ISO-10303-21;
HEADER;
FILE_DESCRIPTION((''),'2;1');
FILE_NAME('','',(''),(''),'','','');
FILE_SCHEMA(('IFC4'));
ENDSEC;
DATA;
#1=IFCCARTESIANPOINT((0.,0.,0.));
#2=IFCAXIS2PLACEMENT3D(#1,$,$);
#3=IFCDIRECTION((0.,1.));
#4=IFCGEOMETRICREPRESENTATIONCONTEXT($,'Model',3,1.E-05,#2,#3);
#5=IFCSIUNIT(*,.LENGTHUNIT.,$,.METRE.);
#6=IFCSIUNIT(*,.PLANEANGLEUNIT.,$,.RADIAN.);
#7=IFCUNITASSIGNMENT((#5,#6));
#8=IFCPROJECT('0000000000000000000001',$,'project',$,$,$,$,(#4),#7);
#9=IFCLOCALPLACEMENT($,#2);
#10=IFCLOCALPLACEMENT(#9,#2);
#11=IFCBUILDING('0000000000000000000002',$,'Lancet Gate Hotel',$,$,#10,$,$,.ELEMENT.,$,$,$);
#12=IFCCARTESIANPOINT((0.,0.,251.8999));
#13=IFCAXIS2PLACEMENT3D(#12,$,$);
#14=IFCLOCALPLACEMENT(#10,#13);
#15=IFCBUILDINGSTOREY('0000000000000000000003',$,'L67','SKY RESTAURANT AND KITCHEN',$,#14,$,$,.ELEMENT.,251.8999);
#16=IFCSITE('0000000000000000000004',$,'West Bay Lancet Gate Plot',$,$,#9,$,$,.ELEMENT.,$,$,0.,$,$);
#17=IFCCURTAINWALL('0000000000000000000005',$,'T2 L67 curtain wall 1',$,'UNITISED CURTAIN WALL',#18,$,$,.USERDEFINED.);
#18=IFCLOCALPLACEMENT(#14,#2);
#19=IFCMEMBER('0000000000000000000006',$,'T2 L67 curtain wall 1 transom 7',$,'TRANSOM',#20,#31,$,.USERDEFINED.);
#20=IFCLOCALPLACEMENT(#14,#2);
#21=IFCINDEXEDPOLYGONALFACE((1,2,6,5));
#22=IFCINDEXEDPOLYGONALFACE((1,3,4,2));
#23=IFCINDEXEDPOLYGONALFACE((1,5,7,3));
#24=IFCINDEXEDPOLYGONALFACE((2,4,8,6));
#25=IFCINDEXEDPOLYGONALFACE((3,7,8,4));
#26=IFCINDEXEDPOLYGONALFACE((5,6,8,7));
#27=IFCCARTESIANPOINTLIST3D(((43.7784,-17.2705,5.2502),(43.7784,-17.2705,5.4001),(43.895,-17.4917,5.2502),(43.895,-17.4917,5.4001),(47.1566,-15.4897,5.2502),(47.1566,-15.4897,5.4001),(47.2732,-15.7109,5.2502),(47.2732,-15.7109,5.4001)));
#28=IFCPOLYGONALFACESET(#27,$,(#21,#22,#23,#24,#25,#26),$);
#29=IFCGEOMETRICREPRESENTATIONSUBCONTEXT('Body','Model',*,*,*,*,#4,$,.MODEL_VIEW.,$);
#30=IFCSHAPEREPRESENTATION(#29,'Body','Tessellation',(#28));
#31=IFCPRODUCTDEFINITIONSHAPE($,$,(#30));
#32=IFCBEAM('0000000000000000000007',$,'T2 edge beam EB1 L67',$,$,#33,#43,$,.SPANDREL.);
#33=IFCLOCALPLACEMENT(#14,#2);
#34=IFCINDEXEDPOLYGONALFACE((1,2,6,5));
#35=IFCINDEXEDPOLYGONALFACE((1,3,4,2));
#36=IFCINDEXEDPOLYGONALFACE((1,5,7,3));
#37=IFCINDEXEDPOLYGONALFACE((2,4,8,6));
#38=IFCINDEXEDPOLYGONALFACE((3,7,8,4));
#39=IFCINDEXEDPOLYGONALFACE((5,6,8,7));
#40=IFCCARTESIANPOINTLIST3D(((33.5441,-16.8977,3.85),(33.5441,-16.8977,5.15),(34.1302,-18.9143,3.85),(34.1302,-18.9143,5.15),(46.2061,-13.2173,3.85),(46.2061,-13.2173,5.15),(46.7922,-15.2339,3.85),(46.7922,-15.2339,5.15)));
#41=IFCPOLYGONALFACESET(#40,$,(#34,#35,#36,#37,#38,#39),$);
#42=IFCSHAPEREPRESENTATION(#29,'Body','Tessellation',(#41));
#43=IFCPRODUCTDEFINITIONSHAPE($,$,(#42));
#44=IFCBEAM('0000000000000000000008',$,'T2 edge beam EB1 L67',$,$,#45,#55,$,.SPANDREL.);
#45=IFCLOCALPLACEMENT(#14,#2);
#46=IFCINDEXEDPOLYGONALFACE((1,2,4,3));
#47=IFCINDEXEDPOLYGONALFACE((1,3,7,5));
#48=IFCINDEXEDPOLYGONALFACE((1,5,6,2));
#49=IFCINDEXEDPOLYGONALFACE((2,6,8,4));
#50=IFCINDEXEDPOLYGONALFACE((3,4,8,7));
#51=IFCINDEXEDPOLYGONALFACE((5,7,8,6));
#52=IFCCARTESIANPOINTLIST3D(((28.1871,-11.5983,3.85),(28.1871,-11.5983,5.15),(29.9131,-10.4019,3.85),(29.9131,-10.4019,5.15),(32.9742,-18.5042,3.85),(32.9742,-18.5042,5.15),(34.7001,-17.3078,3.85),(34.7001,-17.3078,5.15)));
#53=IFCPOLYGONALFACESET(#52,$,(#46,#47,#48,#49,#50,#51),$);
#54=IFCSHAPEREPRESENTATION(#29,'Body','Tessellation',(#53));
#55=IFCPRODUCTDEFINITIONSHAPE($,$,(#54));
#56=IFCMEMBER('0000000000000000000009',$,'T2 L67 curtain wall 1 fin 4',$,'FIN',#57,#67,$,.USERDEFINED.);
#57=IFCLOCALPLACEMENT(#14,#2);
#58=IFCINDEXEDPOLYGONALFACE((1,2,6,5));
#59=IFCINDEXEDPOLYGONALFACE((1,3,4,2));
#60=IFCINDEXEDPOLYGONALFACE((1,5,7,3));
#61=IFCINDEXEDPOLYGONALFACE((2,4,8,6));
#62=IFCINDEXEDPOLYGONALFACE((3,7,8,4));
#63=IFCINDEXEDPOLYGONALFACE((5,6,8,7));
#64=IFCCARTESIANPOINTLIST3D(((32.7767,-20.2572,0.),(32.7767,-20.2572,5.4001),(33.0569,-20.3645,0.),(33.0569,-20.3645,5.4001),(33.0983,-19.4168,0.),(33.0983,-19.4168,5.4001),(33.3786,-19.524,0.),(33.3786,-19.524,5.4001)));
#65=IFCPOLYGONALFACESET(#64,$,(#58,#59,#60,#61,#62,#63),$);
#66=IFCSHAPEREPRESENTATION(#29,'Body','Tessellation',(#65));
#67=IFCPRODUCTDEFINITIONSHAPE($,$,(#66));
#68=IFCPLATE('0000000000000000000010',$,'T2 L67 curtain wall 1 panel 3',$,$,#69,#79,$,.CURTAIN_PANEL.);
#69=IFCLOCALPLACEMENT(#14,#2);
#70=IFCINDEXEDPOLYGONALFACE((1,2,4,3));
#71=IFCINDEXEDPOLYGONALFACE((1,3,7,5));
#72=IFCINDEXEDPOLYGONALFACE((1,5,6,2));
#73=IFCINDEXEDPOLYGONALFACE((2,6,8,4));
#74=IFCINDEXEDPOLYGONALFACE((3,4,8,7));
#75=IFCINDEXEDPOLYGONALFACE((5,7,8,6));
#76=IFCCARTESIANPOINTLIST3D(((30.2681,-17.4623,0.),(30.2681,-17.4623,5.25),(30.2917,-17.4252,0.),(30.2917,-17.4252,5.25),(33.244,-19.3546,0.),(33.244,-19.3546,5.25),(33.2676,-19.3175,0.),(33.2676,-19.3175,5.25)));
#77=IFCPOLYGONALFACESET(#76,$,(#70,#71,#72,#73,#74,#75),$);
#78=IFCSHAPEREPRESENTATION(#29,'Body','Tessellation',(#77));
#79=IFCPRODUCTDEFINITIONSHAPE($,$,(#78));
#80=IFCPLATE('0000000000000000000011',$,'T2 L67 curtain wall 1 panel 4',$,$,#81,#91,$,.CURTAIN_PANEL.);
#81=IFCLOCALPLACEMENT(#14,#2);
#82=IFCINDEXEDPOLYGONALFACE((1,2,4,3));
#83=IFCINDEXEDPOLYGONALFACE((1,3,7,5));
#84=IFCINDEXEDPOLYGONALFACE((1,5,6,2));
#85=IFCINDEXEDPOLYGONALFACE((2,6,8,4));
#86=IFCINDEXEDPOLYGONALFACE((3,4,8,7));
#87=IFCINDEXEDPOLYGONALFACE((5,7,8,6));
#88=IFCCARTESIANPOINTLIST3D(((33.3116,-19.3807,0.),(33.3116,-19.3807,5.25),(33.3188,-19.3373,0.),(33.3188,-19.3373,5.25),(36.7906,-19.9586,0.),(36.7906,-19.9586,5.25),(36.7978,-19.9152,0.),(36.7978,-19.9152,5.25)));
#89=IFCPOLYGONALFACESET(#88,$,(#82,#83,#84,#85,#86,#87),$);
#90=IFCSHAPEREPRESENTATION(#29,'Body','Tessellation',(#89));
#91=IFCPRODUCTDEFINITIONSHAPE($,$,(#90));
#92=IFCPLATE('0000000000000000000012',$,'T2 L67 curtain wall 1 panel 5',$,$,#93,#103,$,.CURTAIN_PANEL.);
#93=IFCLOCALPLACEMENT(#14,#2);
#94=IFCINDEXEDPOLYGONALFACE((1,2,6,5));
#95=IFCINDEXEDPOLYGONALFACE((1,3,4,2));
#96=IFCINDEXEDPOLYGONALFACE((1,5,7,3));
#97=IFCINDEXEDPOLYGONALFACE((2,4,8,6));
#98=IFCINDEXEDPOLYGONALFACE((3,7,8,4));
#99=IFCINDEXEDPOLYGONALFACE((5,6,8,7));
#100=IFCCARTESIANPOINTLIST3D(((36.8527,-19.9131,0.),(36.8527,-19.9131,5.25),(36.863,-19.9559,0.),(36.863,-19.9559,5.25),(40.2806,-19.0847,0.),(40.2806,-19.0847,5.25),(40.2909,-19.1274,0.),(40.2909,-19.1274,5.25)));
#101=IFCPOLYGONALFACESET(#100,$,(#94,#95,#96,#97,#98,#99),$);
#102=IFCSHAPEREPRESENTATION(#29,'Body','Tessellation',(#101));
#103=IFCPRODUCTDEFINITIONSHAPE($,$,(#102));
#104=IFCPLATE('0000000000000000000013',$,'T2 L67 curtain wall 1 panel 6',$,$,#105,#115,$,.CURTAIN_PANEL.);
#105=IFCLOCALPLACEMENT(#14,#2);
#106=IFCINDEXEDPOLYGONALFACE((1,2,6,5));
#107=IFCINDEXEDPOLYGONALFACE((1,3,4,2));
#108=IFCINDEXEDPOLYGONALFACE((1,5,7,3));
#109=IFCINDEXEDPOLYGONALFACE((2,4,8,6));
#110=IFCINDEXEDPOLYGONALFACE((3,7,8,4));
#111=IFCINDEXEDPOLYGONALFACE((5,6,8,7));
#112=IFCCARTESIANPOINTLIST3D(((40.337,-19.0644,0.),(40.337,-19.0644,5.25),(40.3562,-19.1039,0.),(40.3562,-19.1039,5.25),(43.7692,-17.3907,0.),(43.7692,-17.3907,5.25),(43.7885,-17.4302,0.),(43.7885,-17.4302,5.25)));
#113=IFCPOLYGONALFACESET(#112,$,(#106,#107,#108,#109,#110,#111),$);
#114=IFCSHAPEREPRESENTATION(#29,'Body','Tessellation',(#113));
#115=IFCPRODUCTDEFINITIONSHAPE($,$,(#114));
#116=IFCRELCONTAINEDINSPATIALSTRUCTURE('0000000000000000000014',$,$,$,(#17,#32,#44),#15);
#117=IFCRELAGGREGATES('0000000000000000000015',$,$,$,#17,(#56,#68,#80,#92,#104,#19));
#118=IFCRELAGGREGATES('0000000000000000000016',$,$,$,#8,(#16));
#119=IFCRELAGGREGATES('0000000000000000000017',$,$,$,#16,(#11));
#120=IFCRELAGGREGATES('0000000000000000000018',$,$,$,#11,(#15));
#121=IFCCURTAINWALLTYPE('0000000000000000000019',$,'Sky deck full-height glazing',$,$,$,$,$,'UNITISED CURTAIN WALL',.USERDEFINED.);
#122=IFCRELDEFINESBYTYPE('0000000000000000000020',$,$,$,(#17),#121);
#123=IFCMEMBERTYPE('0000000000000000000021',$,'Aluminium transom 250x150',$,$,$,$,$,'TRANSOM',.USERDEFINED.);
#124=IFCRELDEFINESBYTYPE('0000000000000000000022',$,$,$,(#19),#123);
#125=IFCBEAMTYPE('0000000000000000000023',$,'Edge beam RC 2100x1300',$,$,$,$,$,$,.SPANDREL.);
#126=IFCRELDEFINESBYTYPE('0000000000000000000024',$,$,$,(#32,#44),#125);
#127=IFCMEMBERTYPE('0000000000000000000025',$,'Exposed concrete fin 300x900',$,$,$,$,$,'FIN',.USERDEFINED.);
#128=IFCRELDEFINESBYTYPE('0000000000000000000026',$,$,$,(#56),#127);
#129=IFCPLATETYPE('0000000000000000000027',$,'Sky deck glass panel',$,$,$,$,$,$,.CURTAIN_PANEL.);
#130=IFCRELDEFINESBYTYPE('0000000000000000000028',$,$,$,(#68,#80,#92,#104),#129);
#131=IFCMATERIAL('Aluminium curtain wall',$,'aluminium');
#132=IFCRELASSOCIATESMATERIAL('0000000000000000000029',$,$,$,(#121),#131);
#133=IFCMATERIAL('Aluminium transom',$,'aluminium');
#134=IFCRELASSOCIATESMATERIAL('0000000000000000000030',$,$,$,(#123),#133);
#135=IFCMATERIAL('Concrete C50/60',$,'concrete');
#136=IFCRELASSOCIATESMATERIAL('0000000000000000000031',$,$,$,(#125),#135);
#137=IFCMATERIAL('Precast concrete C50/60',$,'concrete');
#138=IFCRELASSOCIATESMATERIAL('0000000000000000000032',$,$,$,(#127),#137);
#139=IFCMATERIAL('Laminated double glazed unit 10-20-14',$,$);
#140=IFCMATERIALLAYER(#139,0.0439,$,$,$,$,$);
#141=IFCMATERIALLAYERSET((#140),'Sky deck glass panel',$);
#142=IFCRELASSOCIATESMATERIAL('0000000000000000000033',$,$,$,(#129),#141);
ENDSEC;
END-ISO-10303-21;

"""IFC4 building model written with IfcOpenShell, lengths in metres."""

from ifc_helpers import new_model, si_unit, direction, frame, origin, origin_2d, place, context, subcontext, project, spatial, rectangle, extrude, material, layer, layer_set, material_profile, profile_set, type_object, element, aggregate, save


model = new_model("IFC4")

# Units and contexts
model_context = context("Model", 3, precision=1e-05, world=origin(), true_north=direction((0.0, 1.0)))
body_context = subcontext(model_context, "Body", "Model", "MODEL_VIEW")
ifc_project = project(units=[si_unit("LENGTHUNIT", "METRE"), si_unit("PLANEANGLEUNIT", "RADIAN")], contexts=[model_context])

# Site, building, storey
site_placement = place(None, origin())
site = spatial("IfcSite", under=ifc_project, at=site_placement, Name="West Bay Lancet Gate Plot", CompositionType="ELEMENT", RefElevation=0.0)
building_placement = place(site_placement, origin())
building = spatial("IfcBuilding", under=site, at=building_placement, Name="Lancet Gate Hotel", CompositionType="ELEMENT")
storey_placement = place(building_placement, frame((0.0, 0.0, 251.8999)))
storey = spatial("IfcBuildingStorey", under=building, at=storey_placement, Name="L67", Description="SKY RESTAURANT AND KITCHEN", CompositionType="ELEMENT", Elevation=251.8999)

# Curtain wall, member
ifc_material_1 = material(Name="Aluminium curtain wall", Category="aluminium")
curtain_wall_type = type_object("IfcCurtainWallType", Name="Sky deck full-height glazing", ElementType="UNITISED CURTAIN WALL", PredefinedType="USERDEFINED", material=ifc_material_1)
curtain_wall_placement = place(storey_placement, origin())
curtain_wall = element("IfcCurtainWall", 1, at=curtain_wall_placement, inside=storey, type_object=curtain_wall_type, Name="T2 L67 curtain wall 1", ObjectType="UNITISED CURTAIN WALL", PredefinedType="USERDEFINED")
ifc_material_2 = material(Name="Aluminium transom", Category="aluminium")
ifc_material_profile_1 = material_profile(ifc_material_2, rectangle(XDim=0.25, YDim=0.1499, at=origin_2d()), Name="TRANSOM 250x150")
ifc_profile_set_1 = profile_set([ifc_material_profile_1], Name="Aluminium transom")
member_type_1 = type_object("IfcMemberType", Name="Aluminium transom 250x150", ElementType="TRANSOM", PredefinedType="USERDEFINED", material=ifc_profile_set_1)
member_1_placement = place(storey_placement, frame((43.8367, -17.3811, 5.3252), z_axis=(0.884618, 0.466315, 0.0), x_axis=(-0.466315, 0.884618, 0.0)))
member_1 = element("IfcMember", 2, at=member_1_placement, type_object=member_type_1, Name="T2 L67 curtain wall 1 transom 7", ObjectType="TRANSOM", PredefinedType="USERDEFINED", context=body_context, shape_type="SweptSolid", body=[
    extrude(rectangle(XDim=0.25, YDim=0.1499, at=origin_2d()), origin(), (0.0, 0.0, 1.0), 3.8188),
])

# Beams
ifc_material_3 = material(Name="Concrete C50/60", Category="concrete")
ifc_material_profile_2 = material_profile(ifc_material_3, rectangle(XDim=2.1001, YDim=1.3, at=origin_2d()), Name="RC 2100x1300")
ifc_profile_set_2 = profile_set([ifc_material_profile_2], Name="Concrete C50/60")
beam_type = type_object("IfcBeamType", Name="Edge beam RC 2100x1300", PredefinedType="SPANDREL", material=ifc_profile_set_2)
beam_1_placement = place(storey_placement, frame((33.8372, -17.906, 4.5), z_axis=(0.960258, 0.279113, 0.0), x_axis=(-0.279113, 0.960258, 0.0)))
element("IfcBeam", 3, at=beam_1_placement, inside=storey, type_object=beam_type, Name="T2 edge beam EB1 L67", PredefinedType="SPANDREL", context=body_context, shape_type="SweptSolid", body=[
    extrude(rectangle(XDim=2.1001, YDim=1.3, at=origin_2d()), origin(), (0.0, 0.0, 1.0), 13.186),
])
beam_2_placement = place(storey_placement, frame((33.8372, -17.906, 4.5), z_axis=(-0.569695, 0.821856, 0.0), x_axis=(-0.821856, -0.569695, 0.0)))
element("IfcBeam", 4, at=beam_2_placement, inside=storey, type_object=beam_type, Name="T2 edge beam EB1 L67", PredefinedType="SPANDREL", context=body_context, shape_type="SweptSolid", body=[
    extrude(rectangle(XDim=2.1001, YDim=1.3, at=origin_2d()), origin(), (0.0, 0.0, 1.0), 8.4028),
])

# Member
ifc_material_4 = material(Name="Precast concrete C50/60", Category="concrete")
ifc_material_profile_3 = material_profile(ifc_material_4, rectangle(XDim=0.3, YDim=0.8999, at=origin_2d()), Name="FIN 300x900")
ifc_profile_set_3 = profile_set([ifc_material_profile_3], Name="Precast concrete C50/60")
member_type_2 = type_object("IfcMemberType", Name="Exposed concrete fin 300x900", ElementType="FIN", PredefinedType="USERDEFINED", material=ifc_profile_set_3)
member_2_placement = place(storey_placement, frame((33.0776, -19.8906, 0.0), z_axis=(0.0, 0.0, 1.0), x_axis=(0.933943, -0.357421, 0.0)))
member_2 = element("IfcMember", 5, at=member_2_placement, type_object=member_type_2, Name="T2 L67 curtain wall 1 fin 4", ObjectType="FIN", PredefinedType="USERDEFINED", context=body_context, shape_type="SweptSolid", body=[
    extrude(rectangle(XDim=0.3, YDim=0.8999, at=origin_2d()), origin(), (0.0, 0.0, 1.0), 5.4001),
])

# Plates
ifc_material_5 = material(Name="Laminated double glazed unit 10-20-14")
ifc_layer = layer(ifc_material_5, 0.0439)
ifc_layer_set = layer_set([ifc_layer], Name="Sky deck glass panel")
plate_type = type_object("IfcPlateType", Name="Sky deck glass panel", PredefinedType="CURTAIN_PANEL", material=ifc_layer_set)
plate_1_placement = place(storey_placement, frame((31.7678, -18.3899, 0.0), z_axis=(0.0, 0.0, 1.0), x_axis=(0.843845, -0.536587, 0.0)))
plate_1 = element("IfcPlate", 6, at=plate_1_placement, type_object=plate_type, Name="T2 L67 curtain wall 1 panel 3", PredefinedType="CURTAIN_PANEL", context=body_context, shape_type="SweptSolid", body=[
    extrude(rectangle(XDim=3.5266, YDim=0.0439, at=origin_2d()), origin(), (0.0, 0.0, 1.0), 5.25),
])
plate_2_placement = place(storey_placement, frame((35.0547, -19.6479, 0.0), z_axis=(0.0, 0.0, 1.0), x_axis=(0.98648, -0.163881, 0.0)))
plate_2 = element("IfcPlate", 7, at=plate_2_placement, type_object=plate_type, Name="T2 L67 curtain wall 1 panel 4", PredefinedType="CURTAIN_PANEL", context=body_context, shape_type="SweptSolid", body=[
    extrude(rectangle(XDim=3.5266, YDim=0.0439, at=origin_2d()), origin(), (0.0, 0.0, 1.0), 5.25),
])
plate_3_placement = place(storey_placement, frame((38.5718, -19.5203, 0.0), z_axis=(0.0, 0.0, 1.0), x_axis=(0.972014, 0.234924, 0.0)))
plate_3 = element("IfcPlate", 8, at=plate_3_placement, type_object=plate_type, Name="T2 L67 curtain wall 1 panel 5", PredefinedType="CURTAIN_PANEL", context=body_context, shape_type="SweptSolid", body=[
    extrude(rectangle(XDim=3.5266, YDim=0.0439, at=origin_2d()), origin(), (0.0, 0.0, 1.0), 5.25),
])
plate_4_placement = place(storey_placement, frame((42.0627, -18.2473, 0.0), z_axis=(0.0, 0.0, 1.0), x_axis=(0.898823, 0.438311, 0.0)))
plate_4 = element("IfcPlate", 9, at=plate_4_placement, type_object=plate_type, Name="T2 L67 curtain wall 1 panel 6", PredefinedType="CURTAIN_PANEL", context=body_context, shape_type="SweptSolid", body=[
    extrude(rectangle(XDim=3.8186, YDim=0.0439, at=origin_2d()), origin(), (0.0, 0.0, 1.0), 5.25),
])
aggregate(curtain_wall, [member_2, plate_1, plate_2, plate_3, plate_4, member_1])

save(model, "model.ifc")
